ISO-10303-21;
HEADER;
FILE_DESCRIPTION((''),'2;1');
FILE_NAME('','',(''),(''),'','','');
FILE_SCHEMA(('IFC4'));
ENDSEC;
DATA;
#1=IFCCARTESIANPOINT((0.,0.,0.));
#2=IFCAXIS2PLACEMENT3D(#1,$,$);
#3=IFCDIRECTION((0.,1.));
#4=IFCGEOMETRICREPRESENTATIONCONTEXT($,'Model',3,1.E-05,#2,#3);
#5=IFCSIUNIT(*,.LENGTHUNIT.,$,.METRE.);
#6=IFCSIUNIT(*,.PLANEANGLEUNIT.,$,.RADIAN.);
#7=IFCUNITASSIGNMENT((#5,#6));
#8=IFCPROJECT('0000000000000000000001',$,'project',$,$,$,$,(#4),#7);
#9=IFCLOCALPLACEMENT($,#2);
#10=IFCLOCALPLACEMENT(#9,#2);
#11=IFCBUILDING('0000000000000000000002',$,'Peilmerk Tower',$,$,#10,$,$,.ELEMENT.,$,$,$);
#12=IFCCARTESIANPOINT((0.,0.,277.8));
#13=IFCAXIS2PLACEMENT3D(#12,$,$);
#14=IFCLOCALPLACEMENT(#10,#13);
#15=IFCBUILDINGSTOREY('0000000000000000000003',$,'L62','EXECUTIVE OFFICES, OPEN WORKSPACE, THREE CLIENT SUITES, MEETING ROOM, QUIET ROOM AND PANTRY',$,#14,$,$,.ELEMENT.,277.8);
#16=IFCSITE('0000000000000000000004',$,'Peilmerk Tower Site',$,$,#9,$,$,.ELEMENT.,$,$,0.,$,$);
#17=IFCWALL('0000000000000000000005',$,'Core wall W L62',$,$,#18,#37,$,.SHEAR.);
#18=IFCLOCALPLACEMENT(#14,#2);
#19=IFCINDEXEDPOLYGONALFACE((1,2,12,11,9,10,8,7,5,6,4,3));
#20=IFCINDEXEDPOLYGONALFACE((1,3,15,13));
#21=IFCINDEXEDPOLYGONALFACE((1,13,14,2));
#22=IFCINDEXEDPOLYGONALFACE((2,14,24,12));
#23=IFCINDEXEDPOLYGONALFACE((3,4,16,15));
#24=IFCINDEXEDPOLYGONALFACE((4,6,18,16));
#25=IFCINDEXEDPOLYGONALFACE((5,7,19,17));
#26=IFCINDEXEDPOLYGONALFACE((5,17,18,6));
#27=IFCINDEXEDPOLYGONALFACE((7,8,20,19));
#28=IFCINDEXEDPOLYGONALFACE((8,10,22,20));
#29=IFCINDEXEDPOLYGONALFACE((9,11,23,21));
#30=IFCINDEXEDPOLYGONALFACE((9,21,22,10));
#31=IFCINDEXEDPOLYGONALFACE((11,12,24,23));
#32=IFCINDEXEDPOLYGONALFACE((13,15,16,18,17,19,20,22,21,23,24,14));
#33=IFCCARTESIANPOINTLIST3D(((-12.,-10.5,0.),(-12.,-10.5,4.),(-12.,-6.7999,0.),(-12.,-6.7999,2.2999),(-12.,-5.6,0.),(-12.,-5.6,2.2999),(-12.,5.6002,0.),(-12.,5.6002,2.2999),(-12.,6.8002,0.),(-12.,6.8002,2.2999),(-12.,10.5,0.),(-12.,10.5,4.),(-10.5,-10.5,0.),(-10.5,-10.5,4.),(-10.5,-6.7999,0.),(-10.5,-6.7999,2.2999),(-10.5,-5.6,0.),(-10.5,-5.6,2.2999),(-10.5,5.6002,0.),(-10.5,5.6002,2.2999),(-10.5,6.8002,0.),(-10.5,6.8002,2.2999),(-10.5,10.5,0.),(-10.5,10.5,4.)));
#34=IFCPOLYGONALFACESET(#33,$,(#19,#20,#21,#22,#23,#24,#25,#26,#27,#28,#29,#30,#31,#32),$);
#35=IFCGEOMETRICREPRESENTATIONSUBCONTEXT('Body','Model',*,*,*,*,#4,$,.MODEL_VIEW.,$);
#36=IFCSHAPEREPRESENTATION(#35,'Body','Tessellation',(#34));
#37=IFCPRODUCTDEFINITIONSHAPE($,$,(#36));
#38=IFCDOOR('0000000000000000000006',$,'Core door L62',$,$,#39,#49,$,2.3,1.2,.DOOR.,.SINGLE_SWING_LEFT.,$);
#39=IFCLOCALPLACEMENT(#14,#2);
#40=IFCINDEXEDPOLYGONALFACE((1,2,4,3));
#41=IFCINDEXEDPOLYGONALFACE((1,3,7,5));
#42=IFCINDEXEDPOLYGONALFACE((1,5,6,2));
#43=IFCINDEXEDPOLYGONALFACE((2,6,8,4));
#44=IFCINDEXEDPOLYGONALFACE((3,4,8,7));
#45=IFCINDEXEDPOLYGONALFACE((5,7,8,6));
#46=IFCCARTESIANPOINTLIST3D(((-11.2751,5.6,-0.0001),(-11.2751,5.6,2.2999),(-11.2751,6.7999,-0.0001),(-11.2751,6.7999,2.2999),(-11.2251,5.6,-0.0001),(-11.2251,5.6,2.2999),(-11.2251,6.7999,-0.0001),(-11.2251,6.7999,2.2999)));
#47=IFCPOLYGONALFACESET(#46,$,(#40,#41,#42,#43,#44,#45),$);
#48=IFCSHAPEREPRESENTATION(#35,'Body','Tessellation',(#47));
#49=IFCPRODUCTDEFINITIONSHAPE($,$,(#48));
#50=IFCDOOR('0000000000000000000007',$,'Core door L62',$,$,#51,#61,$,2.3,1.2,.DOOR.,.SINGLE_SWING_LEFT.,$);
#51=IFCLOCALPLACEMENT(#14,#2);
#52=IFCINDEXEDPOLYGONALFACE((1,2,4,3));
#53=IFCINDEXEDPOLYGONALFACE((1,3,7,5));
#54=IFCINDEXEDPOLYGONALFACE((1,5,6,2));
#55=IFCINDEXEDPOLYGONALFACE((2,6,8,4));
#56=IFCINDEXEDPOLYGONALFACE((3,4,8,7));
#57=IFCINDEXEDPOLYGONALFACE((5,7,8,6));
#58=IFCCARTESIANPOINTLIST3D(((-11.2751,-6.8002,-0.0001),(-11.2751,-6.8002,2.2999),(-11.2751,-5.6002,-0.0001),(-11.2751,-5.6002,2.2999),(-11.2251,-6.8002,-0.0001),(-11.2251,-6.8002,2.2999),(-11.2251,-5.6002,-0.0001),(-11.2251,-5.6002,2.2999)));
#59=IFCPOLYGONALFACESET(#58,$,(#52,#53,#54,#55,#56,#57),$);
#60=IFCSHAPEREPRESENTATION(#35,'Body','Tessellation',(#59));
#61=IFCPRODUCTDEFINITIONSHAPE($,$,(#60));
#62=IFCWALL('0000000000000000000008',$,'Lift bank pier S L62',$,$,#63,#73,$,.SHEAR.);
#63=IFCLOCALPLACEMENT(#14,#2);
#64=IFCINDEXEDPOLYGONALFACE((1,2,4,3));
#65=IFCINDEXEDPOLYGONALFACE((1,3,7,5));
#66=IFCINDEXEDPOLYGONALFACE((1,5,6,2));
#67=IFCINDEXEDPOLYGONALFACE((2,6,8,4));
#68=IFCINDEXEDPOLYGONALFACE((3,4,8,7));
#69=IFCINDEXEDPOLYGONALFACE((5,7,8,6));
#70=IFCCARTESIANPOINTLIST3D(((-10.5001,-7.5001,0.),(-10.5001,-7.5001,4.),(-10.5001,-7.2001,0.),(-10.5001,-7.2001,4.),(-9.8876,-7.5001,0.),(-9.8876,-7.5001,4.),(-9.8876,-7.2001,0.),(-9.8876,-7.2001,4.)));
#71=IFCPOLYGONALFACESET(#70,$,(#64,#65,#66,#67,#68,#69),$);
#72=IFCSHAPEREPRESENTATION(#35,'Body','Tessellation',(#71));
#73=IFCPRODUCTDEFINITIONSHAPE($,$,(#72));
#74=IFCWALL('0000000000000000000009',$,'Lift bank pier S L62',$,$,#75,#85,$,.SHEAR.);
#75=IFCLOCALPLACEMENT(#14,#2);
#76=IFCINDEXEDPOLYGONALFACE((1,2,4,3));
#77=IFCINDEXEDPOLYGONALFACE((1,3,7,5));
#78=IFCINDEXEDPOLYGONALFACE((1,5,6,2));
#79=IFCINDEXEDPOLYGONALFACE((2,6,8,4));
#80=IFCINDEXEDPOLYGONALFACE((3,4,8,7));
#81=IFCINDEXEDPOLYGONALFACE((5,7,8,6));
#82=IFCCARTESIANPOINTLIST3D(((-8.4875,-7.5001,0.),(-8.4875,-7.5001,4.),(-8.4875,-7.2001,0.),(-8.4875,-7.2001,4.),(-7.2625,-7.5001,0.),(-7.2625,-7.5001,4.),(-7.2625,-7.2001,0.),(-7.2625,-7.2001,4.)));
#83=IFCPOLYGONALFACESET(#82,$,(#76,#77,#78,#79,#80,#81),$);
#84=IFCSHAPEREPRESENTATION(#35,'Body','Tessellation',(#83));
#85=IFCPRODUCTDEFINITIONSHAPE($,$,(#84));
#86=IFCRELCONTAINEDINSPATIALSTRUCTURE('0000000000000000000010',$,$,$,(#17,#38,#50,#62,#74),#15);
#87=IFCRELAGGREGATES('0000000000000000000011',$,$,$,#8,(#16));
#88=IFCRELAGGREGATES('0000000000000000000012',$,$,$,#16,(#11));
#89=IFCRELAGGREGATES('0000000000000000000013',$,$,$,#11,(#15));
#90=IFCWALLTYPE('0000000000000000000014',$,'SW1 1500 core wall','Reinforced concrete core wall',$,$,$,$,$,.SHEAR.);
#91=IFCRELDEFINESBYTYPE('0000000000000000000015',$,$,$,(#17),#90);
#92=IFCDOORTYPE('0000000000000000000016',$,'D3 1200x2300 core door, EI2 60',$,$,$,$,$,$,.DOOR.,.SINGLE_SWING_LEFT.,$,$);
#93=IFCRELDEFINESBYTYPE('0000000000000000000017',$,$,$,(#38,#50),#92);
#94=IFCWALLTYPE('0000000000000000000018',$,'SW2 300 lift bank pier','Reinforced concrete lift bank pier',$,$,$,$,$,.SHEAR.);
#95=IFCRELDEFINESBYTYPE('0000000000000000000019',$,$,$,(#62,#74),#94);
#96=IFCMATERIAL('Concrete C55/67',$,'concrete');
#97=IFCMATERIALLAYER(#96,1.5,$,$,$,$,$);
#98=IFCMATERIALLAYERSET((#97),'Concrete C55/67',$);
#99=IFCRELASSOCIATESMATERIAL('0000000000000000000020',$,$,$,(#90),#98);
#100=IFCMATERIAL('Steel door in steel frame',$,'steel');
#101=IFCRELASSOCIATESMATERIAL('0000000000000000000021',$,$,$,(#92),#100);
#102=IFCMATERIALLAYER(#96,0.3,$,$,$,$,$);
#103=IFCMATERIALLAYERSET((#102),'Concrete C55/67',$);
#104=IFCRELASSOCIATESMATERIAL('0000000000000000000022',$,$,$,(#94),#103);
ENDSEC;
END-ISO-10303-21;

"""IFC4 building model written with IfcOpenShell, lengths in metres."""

from ifc_helpers import new_model, si_unit, direction, frame, frame_2d, origin, place, context, subcontext, project, spatial, rectangle, extrude, material, layer, layer_set, type_object, element, fill, save


model = new_model("IFC4")

# Units and contexts
model_context = context("Model", 3, precision=1e-05, world=origin(), true_north=direction((0.0, 1.0)))
body_context = subcontext(model_context, "Body", "Model", "MODEL_VIEW")
ifc_project = project(units=[si_unit("LENGTHUNIT", "METRE"), si_unit("PLANEANGLEUNIT", "RADIAN")], contexts=[model_context])

# Site, building, storey
site_placement = place(None, origin())
site = spatial("IfcSite", under=ifc_project, at=site_placement, Name="Peilmerk Tower Site", CompositionType="ELEMENT", RefElevation=0.0)
building_placement = place(site_placement, origin())
building = spatial("IfcBuilding", under=site, at=building_placement, Name="Peilmerk Tower", CompositionType="ELEMENT")
storey_placement = place(building_placement, frame((0.0, 0.0, 277.8)))
storey = spatial("IfcBuildingStorey", under=building, at=storey_placement, Name="L62", Description="EXECUTIVE OFFICES, OPEN WORKSPACE, THREE CLIENT SUITES, MEETING ROOM, QUIET ROOM AND PANTRY", CompositionType="ELEMENT", Elevation=277.8)

# Wall, openings, doors
ifc_material_1 = material(Name="Concrete C55/67", Category="concrete")
ifc_layer_1 = layer(ifc_material_1, 1.5)
ifc_layer_set_1 = layer_set([ifc_layer_1], Name="Concrete C55/67")
wall_type_1 = type_object("IfcWallType", Name="SW1 1500 core wall", Description="Reinforced concrete core wall", PredefinedType="SHEAR", material=ifc_layer_set_1)
wall_1_placement = place(storey_placement, frame((-11.25, -10.5, 0.0), z_axis=(0.0, 0.0, 1.0), x_axis=(0.0, 1.0, 0.0)))
wall_1 = element("IfcWall", 1, at=wall_1_placement, inside=storey, type_object=wall_type_1, Name="Core wall W L62", PredefinedType="SHEAR", context=body_context, shape_type="SweptSolid", body=[
    extrude(rectangle(XDim=21.0, YDim=1.5, at=frame_2d((10.5, 0.0))), origin(), (0.0, 0.0, 1.0), 4.0),
])
opening_1_placement = place(wall_1_placement, frame((16.1001, 0.0, 0.0)))
opening_1 = element("IfcOpeningElement", 2, at=opening_1_placement, cuts=wall_1, PredefinedType="OPENING", context=body_context, shape_type="SweptSolid", body=[
    extrude(rectangle(XDim=1.2, YDim=2.3, at=frame_2d((0.6001, 1.1499))), frame((0.0, 0.76, 0.0), z_axis=(0.0, -1.0, 0.0), x_axis=(1.0, 0.0, 0.0)), (0.0, 0.0, 1.0), 1.52),
])
opening_2_placement = place(wall_1_placement, frame((3.7, 0.0, 0.0)))
opening_2 = element("IfcOpeningElement", 3, at=opening_2_placement, cuts=wall_1, PredefinedType="OPENING", context=body_context, shape_type="SweptSolid", body=[
    extrude(rectangle(XDim=1.2, YDim=2.3, at=frame_2d((0.6001, 1.1499))), frame((0.0, 0.76, 0.0), z_axis=(0.0, -1.0, 0.0), x_axis=(1.0, 0.0, 0.0)), (0.0, 0.0, 1.0), 1.52),
])
ifc_material_2 = material(Name="Steel door in steel frame", Category="steel")
door_type_1 = type_object("IfcDoorType", Name="D3 1200x2300 core door, EI2 60", OperationType="SINGLE_SWING_LEFT", PredefinedType="DOOR", material=ifc_material_2)
door_1_placement = place(opening_1_placement, frame((1.2, 0.0, 0.0), z_axis=(0.0, 0.0, 1.0), x_axis=(-1.0, 0.0, 0.0)))
door_1 = element("IfcDoor", 4, at=door_1_placement, inside=storey, type_object=door_type_1, Name="Core door L62", OperationType="SINGLE_SWING_LEFT", OverallHeight=2.3, OverallWidth=1.2, PredefinedType="DOOR", context=body_context, shape_type="SweptSolid", body=[
    extrude(rectangle(XDim=1.2, YDim=2.3, at=frame_2d((0.6001, 1.1499))), frame((0.0, 0.0249, 0.0), z_axis=(0.0, -1.0, 0.0), x_axis=(1.0, 0.0, 0.0)), (0.0, 0.0, 1.0), 0.05),
])
fill(opening_1, door_1)
door_2_placement = place(opening_2_placement, frame((1.2, 0.0, 0.0), z_axis=(0.0, 0.0, 1.0), x_axis=(-1.0, 0.0, 0.0)))
door_2 = element("IfcDoor", 5, at=door_2_placement, inside=storey, type_object=door_type_1, Name="Core door L62", OperationType="SINGLE_SWING_LEFT", OverallHeight=2.3, OverallWidth=1.2, PredefinedType="DOOR", context=body_context, shape_type="SweptSolid", body=[
    extrude(rectangle(XDim=1.2, YDim=2.3, at=frame_2d((0.6001, 1.1499))), frame((0.0, 0.0249, 0.0), z_axis=(0.0, -1.0, 0.0), x_axis=(1.0, 0.0, 0.0)), (0.0, 0.0, 1.0), 0.05),
])
fill(opening_2, door_2)

# Walls
ifc_layer_2 = layer(ifc_material_1, 0.3)
ifc_layer_set_2 = layer_set([ifc_layer_2], Name="Concrete C55/67")
wall_type_2 = type_object("IfcWallType", Name="SW2 300 lift bank pier", Description="Reinforced concrete lift bank pier", PredefinedType="SHEAR", material=ifc_layer_set_2)
wall_2_placement = place(storey_placement, frame((-10.5, -7.3501, 0.0), z_axis=(0.0, 0.0, 1.0), x_axis=(1.0, 0.0, 0.0)))
element("IfcWall", 6, at=wall_2_placement, inside=storey, type_object=wall_type_2, Name="Lift bank pier S L62", PredefinedType="SHEAR", context=body_context, shape_type="SweptSolid", body=[
    extrude(rectangle(XDim=0.6125, YDim=0.3, at=frame_2d((0.3062, 0.0))), origin(), (0.0, 0.0, 1.0), 4.0),
])
wall_3_placement = place(storey_placement, frame((-8.4875, -7.3501, 0.0), z_axis=(0.0, 0.0, 1.0), x_axis=(1.0, 0.0, 0.0)))
element("IfcWall", 7, at=wall_3_placement, inside=storey, type_object=wall_type_2, Name="Lift bank pier S L62", PredefinedType="SHEAR", context=body_context, shape_type="SweptSolid", body=[
    extrude(rectangle(XDim=1.2251, YDim=0.3, at=frame_2d((0.6125, 0.0))), origin(), (0.0, 0.0, 1.0), 4.0),
])

save(model, "model.ifc")
